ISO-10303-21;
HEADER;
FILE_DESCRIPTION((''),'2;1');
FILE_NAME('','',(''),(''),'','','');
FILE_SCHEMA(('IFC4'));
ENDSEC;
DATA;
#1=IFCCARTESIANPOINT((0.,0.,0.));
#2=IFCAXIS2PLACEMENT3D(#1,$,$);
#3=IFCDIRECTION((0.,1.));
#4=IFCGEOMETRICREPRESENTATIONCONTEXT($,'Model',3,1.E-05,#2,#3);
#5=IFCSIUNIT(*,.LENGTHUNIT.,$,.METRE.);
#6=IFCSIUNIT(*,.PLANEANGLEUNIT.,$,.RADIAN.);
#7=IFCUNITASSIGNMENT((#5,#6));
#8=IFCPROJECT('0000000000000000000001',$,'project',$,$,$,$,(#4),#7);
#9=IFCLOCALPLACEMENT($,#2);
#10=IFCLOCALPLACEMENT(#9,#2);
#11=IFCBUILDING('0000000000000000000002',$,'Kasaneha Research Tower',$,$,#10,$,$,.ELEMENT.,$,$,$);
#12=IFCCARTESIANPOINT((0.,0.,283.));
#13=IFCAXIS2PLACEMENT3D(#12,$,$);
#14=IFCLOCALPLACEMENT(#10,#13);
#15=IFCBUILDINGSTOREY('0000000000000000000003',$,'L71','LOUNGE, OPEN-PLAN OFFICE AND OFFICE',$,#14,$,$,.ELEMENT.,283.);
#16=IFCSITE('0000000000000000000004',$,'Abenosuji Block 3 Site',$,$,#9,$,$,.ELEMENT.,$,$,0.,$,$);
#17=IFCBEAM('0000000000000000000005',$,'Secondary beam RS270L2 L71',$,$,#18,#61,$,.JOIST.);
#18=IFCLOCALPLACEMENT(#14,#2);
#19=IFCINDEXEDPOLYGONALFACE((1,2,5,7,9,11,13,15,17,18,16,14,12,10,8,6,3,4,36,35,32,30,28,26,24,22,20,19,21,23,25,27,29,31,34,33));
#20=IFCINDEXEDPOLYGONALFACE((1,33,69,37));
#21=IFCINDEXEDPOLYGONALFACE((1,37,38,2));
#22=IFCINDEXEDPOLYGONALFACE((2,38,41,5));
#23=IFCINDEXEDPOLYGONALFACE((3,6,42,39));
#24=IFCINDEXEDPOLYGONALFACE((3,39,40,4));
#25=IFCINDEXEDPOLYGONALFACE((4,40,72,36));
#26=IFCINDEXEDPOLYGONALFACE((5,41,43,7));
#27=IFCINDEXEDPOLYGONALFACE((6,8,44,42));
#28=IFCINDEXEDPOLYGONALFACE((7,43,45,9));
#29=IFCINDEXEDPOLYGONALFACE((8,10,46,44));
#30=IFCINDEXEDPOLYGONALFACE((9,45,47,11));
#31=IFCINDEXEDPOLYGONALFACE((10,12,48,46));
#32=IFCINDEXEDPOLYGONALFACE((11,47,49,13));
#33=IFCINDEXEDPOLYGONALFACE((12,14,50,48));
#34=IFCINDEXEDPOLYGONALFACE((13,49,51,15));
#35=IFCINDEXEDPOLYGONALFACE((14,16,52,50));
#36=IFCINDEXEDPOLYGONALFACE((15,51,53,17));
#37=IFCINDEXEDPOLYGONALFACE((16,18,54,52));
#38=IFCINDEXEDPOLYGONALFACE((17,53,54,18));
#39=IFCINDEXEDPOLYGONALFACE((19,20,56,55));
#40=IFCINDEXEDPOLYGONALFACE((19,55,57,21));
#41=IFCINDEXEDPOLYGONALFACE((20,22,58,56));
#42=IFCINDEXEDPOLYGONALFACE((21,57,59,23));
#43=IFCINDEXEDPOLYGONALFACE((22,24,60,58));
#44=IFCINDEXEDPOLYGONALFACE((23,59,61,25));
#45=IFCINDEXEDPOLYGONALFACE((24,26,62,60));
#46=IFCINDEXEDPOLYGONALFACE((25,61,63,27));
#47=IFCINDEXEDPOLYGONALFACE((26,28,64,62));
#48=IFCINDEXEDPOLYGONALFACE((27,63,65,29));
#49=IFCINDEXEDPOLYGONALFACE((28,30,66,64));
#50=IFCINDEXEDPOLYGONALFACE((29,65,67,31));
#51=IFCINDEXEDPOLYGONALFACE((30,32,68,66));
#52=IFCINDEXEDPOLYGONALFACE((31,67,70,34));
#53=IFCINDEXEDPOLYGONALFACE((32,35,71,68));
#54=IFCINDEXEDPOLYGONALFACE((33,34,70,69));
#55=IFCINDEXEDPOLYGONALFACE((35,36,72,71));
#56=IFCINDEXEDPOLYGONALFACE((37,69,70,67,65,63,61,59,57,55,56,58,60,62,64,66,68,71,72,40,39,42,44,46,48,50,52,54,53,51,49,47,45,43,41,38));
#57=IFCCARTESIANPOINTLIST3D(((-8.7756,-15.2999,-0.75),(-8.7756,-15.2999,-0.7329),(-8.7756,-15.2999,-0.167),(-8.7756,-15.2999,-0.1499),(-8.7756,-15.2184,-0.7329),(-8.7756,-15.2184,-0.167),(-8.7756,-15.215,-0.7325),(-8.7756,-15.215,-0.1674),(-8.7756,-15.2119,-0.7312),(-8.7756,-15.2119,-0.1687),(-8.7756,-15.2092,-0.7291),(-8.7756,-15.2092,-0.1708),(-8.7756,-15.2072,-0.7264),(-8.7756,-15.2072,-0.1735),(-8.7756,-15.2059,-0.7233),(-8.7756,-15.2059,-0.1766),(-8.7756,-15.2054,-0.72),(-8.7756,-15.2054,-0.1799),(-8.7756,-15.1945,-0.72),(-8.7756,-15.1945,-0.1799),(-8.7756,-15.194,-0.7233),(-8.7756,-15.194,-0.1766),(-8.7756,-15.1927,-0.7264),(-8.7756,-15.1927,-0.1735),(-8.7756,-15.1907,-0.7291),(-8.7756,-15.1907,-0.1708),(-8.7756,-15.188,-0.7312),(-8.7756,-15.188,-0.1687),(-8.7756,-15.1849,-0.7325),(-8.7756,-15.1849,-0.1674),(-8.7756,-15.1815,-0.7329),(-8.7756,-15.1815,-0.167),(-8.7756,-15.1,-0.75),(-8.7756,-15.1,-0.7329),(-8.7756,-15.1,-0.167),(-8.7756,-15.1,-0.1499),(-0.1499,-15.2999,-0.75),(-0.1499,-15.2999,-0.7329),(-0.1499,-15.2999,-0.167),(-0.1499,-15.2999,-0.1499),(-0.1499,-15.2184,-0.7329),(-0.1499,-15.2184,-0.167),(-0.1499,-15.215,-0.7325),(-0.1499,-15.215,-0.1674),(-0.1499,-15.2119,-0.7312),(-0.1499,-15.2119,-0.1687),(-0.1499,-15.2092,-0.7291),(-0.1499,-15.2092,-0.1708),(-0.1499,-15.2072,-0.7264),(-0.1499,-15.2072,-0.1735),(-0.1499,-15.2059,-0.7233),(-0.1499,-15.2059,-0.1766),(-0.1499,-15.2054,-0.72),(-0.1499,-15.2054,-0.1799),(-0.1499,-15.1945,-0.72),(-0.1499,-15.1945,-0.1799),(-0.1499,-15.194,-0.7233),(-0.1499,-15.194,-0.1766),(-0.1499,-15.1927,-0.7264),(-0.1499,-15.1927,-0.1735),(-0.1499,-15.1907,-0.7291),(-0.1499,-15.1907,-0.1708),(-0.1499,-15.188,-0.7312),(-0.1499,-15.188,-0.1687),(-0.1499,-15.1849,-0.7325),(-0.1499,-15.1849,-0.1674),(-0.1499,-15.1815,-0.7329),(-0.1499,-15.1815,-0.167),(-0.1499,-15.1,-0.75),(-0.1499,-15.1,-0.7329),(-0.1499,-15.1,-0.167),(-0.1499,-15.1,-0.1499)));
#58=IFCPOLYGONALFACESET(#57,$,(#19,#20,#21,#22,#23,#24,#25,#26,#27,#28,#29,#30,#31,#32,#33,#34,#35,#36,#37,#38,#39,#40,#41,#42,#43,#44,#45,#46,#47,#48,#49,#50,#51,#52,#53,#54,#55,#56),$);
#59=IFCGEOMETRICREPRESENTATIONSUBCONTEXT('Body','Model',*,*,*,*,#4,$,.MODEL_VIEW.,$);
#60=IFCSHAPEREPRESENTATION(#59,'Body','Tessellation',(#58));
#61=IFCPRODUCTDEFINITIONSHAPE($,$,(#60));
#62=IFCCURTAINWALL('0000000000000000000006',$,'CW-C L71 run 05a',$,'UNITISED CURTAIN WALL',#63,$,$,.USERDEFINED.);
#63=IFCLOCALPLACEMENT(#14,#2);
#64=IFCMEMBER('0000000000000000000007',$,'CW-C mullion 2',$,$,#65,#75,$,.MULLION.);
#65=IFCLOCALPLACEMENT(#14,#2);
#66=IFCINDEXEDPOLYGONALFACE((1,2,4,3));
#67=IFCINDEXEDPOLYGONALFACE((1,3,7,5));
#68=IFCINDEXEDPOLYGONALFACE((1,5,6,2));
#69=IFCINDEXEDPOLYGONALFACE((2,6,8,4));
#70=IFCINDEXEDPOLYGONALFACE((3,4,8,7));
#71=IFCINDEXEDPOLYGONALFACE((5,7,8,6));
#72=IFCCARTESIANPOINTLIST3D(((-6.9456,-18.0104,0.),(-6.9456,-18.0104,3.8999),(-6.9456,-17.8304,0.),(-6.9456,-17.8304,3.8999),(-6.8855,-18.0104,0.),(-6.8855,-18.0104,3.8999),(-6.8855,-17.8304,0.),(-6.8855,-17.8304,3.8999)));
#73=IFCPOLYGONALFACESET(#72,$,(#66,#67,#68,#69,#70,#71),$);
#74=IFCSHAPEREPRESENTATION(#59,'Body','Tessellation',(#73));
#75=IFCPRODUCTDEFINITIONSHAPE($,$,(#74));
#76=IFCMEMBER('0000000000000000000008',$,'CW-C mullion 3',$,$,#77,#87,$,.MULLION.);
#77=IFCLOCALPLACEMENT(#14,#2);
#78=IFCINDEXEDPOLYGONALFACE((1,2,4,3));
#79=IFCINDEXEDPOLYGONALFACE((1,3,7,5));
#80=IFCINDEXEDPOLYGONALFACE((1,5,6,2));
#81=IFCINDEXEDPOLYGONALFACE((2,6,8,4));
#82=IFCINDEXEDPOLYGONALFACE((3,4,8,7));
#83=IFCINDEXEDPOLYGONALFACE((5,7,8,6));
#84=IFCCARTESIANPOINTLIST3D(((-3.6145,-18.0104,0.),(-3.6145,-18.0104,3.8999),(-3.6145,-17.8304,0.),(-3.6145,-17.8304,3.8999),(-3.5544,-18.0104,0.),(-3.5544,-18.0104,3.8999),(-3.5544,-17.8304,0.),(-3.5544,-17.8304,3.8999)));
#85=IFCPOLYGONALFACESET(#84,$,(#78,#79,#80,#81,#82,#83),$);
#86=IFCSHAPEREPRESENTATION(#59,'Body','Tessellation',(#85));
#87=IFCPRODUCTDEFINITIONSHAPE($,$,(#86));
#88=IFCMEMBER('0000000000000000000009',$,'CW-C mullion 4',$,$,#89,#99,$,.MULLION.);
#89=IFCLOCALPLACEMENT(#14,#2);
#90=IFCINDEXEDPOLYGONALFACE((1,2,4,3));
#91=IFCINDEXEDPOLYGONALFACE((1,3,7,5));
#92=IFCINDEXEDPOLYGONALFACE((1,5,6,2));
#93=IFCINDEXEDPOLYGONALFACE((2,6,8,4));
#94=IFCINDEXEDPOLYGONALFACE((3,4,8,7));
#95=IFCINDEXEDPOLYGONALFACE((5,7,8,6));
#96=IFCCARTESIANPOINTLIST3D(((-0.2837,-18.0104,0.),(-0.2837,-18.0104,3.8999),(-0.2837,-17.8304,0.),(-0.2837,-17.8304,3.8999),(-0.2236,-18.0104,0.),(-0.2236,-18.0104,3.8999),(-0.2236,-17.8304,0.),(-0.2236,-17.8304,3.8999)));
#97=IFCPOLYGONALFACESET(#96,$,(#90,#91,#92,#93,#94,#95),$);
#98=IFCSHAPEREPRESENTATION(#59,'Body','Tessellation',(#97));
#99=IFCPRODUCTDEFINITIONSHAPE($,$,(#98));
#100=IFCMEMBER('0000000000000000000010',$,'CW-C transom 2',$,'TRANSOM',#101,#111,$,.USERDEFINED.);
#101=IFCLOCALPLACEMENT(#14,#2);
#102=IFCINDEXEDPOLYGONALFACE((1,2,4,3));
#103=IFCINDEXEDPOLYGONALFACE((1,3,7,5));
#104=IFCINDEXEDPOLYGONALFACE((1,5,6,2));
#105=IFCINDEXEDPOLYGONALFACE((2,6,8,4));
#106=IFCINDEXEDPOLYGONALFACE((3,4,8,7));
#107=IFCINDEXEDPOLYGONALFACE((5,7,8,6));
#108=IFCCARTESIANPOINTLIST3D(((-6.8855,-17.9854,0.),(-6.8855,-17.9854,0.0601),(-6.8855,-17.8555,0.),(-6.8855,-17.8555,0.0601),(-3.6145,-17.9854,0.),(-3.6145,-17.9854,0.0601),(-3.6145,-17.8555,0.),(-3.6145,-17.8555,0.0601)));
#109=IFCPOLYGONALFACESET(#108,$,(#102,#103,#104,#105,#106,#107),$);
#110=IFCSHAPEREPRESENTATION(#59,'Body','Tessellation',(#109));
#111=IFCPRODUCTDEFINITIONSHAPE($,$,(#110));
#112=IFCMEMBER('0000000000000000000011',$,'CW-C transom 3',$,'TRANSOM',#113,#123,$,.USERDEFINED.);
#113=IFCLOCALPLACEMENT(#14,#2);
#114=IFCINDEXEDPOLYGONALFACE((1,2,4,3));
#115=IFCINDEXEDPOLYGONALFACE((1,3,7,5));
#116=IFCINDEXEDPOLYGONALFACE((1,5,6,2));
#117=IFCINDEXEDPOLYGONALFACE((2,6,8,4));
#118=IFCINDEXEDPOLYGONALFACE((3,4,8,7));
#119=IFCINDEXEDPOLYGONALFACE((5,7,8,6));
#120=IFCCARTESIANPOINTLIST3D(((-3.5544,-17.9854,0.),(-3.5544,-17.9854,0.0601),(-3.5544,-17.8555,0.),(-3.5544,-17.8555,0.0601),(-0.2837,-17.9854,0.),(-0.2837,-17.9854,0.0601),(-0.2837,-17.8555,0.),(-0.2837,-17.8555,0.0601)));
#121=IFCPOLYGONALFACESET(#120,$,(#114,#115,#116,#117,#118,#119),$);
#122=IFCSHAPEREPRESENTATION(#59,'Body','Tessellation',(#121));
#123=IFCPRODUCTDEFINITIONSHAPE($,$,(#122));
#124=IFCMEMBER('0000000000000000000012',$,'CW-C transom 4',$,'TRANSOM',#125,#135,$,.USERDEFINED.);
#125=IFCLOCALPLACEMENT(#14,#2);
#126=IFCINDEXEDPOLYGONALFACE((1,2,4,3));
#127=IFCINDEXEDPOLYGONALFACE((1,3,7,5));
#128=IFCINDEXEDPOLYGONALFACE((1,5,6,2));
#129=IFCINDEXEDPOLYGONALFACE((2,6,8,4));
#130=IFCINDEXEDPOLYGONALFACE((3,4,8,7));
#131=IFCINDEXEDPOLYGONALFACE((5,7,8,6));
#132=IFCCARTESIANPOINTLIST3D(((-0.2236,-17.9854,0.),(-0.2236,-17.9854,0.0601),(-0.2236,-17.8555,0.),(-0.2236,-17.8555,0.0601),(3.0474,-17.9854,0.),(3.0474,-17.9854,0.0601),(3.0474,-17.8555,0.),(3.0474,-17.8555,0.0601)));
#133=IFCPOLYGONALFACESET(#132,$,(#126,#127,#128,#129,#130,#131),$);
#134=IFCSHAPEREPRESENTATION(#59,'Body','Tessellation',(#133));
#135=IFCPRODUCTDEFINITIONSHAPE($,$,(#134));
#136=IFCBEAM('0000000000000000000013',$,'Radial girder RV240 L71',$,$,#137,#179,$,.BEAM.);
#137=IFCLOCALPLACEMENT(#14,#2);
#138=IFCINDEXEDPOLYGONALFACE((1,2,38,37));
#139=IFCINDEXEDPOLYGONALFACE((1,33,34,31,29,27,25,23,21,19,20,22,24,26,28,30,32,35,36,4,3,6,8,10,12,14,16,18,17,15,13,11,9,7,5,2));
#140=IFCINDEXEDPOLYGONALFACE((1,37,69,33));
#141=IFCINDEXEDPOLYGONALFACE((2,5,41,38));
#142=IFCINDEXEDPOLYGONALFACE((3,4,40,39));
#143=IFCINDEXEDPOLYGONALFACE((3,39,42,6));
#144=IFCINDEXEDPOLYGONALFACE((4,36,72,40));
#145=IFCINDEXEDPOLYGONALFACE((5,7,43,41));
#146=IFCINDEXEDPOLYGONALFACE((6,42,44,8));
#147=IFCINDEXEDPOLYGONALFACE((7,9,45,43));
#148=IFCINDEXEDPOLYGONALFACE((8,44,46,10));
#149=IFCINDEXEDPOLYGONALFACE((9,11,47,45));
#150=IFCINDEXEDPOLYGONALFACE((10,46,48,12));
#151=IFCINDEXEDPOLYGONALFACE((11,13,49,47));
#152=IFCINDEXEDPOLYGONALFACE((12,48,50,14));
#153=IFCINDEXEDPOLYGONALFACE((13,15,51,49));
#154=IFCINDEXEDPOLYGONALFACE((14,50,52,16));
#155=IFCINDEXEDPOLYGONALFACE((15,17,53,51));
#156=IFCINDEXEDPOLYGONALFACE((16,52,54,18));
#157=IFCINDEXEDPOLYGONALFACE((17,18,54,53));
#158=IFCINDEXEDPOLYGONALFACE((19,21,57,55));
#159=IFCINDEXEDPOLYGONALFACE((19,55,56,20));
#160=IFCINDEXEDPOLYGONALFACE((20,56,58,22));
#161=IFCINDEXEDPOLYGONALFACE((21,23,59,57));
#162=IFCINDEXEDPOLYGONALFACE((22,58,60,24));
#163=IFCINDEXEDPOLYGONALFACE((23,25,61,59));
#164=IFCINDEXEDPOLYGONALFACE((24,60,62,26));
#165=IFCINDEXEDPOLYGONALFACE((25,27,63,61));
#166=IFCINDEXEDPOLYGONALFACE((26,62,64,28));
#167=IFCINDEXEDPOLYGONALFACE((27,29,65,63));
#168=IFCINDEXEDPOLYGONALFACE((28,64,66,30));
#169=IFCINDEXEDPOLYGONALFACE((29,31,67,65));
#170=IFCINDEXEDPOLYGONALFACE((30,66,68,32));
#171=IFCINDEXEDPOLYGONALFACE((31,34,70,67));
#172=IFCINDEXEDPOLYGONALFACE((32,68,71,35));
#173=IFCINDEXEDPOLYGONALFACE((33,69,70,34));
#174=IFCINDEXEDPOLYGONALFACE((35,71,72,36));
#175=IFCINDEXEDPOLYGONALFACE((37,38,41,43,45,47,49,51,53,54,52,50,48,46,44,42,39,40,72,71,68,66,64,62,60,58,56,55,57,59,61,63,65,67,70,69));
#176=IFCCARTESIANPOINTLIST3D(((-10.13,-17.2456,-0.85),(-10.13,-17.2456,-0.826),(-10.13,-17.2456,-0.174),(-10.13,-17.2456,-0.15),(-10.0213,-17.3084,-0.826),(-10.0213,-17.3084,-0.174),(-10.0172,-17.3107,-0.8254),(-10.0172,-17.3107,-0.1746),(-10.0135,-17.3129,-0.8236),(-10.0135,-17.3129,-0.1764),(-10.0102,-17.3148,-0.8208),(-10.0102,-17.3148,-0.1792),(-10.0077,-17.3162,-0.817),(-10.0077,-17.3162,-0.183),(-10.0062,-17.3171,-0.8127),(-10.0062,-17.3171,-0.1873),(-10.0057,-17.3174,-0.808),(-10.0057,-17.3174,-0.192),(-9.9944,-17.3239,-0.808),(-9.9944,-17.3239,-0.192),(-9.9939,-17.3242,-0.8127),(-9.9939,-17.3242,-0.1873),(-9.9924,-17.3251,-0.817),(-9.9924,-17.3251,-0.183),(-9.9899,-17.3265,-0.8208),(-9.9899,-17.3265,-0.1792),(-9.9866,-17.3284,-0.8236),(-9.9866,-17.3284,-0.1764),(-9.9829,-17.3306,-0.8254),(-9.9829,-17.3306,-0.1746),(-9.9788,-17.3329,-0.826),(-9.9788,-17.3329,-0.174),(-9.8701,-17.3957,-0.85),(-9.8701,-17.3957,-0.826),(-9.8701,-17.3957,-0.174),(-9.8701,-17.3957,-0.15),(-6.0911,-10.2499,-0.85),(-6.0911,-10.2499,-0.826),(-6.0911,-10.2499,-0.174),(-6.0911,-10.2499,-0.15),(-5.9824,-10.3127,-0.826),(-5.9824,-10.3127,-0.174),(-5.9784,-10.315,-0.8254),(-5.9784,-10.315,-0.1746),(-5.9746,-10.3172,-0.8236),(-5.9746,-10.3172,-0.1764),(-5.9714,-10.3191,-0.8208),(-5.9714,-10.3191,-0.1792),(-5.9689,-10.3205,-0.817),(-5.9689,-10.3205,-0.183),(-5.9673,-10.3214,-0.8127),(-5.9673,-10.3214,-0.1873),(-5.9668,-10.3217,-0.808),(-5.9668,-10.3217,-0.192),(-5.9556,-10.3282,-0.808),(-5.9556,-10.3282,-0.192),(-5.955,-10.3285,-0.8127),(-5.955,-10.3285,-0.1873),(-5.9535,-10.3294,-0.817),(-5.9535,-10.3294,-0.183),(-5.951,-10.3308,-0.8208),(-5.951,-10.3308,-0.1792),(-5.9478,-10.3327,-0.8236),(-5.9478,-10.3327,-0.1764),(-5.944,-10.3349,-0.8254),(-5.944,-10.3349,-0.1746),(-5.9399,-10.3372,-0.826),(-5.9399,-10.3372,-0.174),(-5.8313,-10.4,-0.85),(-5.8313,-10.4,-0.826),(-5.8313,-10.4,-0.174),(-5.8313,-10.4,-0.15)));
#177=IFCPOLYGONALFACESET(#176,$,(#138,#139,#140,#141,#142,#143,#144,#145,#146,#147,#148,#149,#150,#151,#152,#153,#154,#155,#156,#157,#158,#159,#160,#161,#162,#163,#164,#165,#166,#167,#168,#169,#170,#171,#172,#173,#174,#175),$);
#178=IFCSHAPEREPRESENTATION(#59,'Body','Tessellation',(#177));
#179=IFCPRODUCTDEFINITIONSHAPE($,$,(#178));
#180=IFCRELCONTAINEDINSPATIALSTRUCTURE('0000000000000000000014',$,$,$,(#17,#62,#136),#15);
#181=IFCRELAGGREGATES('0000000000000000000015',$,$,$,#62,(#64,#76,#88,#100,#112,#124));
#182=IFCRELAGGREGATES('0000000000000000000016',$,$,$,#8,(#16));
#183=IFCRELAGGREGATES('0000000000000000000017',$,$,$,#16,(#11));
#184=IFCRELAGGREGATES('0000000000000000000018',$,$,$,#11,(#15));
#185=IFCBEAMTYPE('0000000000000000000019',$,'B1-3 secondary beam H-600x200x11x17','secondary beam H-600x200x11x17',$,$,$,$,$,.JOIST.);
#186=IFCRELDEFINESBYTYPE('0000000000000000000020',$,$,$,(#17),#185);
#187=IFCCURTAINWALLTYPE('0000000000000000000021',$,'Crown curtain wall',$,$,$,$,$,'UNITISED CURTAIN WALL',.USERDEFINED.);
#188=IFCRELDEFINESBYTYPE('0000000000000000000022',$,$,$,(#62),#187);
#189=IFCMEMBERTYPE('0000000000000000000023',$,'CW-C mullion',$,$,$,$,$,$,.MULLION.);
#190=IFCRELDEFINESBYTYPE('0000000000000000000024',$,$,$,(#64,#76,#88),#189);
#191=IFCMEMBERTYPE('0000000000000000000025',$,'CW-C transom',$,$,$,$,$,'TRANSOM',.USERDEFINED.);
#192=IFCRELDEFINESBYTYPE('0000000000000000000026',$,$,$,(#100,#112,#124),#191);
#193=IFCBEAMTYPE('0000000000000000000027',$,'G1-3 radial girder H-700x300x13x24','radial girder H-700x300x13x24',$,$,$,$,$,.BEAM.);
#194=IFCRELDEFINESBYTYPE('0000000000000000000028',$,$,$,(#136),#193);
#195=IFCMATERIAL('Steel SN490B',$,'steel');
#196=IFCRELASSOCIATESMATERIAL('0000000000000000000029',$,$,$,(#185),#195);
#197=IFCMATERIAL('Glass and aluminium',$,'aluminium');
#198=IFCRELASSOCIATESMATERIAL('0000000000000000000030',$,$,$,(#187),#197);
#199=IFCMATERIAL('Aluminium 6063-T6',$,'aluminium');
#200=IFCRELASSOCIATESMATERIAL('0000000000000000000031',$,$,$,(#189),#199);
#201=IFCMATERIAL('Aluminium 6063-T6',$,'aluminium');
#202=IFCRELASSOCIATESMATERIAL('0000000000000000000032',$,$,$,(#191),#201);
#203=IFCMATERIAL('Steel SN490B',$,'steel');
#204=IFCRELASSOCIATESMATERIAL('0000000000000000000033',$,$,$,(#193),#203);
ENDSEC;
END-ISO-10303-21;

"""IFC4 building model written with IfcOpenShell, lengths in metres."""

from ifc_helpers import new_model, si_unit, direction, frame, origin, origin_2d, place, context, subcontext, project, spatial, rectangle, i_section, extrude, material, material_profile, profile_set, type_object, element, aggregate, save


model = new_model("IFC4")

# Units and contexts
model_context = context("Model", 3, precision=1e-05, world=origin(), true_north=direction((0.0, 1.0)))
body_context = subcontext(model_context, "Body", "Model", "MODEL_VIEW")
ifc_project = project(units=[si_unit("LENGTHUNIT", "METRE"), si_unit("PLANEANGLEUNIT", "RADIAN")], contexts=[model_context])

# Site, building, storey
site_placement = place(None, origin())
site = spatial("IfcSite", under=ifc_project, at=site_placement, Name="Abenosuji Block 3 Site", CompositionType="ELEMENT", RefElevation=0.0)
building_placement = place(site_placement, origin())
building = spatial("IfcBuilding", under=site, at=building_placement, Name="Kasaneha Research Tower", CompositionType="ELEMENT")
storey_placement = place(building_placement, frame((0.0, 0.0, 283.0)))
storey = spatial("IfcBuildingStorey", under=building, at=storey_placement, Name="L71", Description="LOUNGE, OPEN-PLAN OFFICE AND OFFICE", CompositionType="ELEMENT", Elevation=283.0)

# Beam
ifc_material_1 = material(Name="Steel SN490B", Category="steel")
ifc_material_profile_1 = material_profile(ifc_material_1, i_section(OverallWidth=0.2, OverallDepth=0.6001, WebThickness=0.011, FlangeThickness=0.0171, FilletRadius=0.0129, at=origin_2d()), Name="H-600x200x11x17")
ifc_profile_set_1 = profile_set([ifc_material_profile_1], Name="Steel SN490B")
beam_type_1 = type_object("IfcBeamType", Name="B1-3 secondary beam H-600x200x11x17", Description="secondary beam H-600x200x11x17", PredefinedType="JOIST", material=ifc_profile_set_1)
beam_1_placement = place(storey_placement, frame((-8.7756, -15.2, -0.45), z_axis=(1.0, 0.0, 0.0), x_axis=(0.0, 1.0, 0.0)))
element("IfcBeam", 1, at=beam_1_placement, inside=storey, type_object=beam_type_1, Name="Secondary beam RS270L2 L71", PredefinedType="JOIST", context=body_context, shape_type="SweptSolid", body=[
    extrude(i_section(OverallWidth=0.2, OverallDepth=0.6001, WebThickness=0.011, FlangeThickness=0.0171, FilletRadius=0.0129, at=origin_2d()), origin(), (0.0, 0.0, 1.0), 8.6257),
])

# Curtain wall, members
ifc_material_2 = material(Name="Glass and aluminium", Category="aluminium")
curtain_wall_type = type_object("IfcCurtainWallType", Name="Crown curtain wall", ElementType="UNITISED CURTAIN WALL", PredefinedType="USERDEFINED", material=ifc_material_2)
curtain_wall_placement = place(storey_placement, origin())
curtain_wall = element("IfcCurtainWall", 2, at=curtain_wall_placement, inside=storey, type_object=curtain_wall_type, Name="CW-C L71 run 05a", ObjectType="UNITISED CURTAIN WALL", PredefinedType="USERDEFINED")
ifc_material_3 = material(Name="Aluminium 6063-T6", Category="aluminium")
ifc_material_profile_2 = material_profile(ifc_material_3, rectangle(XDim=0.0601, YDim=0.1799, at=origin_2d()), Name="CW-C mullion 60x180")
ifc_profile_set_2 = profile_set([ifc_material_profile_2], Name="Aluminium 6063-T6")
member_type_1 = type_object("IfcMemberType", Name="CW-C mullion", PredefinedType="MULLION", material=ifc_profile_set_2)
member_1_placement = place(storey_placement, frame((-6.9155, -17.9204, 0.0), z_axis=(0.0, 0.0, 1.0), x_axis=(1.0, 0.0, 0.0)))
member_1 = element("IfcMember", 3, at=member_1_placement, type_object=member_type_1, Name="CW-C mullion 2", PredefinedType="MULLION", context=body_context, shape_type="SweptSolid", body=[
    extrude(rectangle(XDim=0.0601, YDim=0.1799, at=origin_2d()), origin(), (0.0, 0.0, 1.0), 3.8999),
])
member_2_placement = place(storey_placement, frame((-3.5845, -17.9204, 0.0), z_axis=(0.0, 0.0, 1.0), x_axis=(1.0, 0.0, 0.0)))
member_2 = element("IfcMember", 4, at=member_2_placement, type_object=member_type_1, Name="CW-C mullion 3", PredefinedType="MULLION", context=body_context, shape_type="SweptSolid", body=[
    extrude(rectangle(XDim=0.0601, YDim=0.1799, at=origin_2d()), origin(), (0.0, 0.0, 1.0), 3.8999),
])
member_3_placement = place(storey_placement, frame((-0.2537, -17.9204, 0.0), z_axis=(0.0, 0.0, 1.0), x_axis=(1.0, 0.0, 0.0)))
member_3 = element("IfcMember", 5, at=member_3_placement, type_object=member_type_1, Name="CW-C mullion 4", PredefinedType="MULLION", context=body_context, shape_type="SweptSolid", body=[
    extrude(rectangle(XDim=0.0601, YDim=0.1799, at=origin_2d()), origin(), (0.0, 0.0, 1.0), 3.8999),
])
ifc_material_4 = material(Name="Aluminium 6063-T6", Category="aluminium")
ifc_material_profile_3 = material_profile(ifc_material_4, rectangle(XDim=0.1299, YDim=0.0601, at=origin_2d()), Name="CW-C transom 130x60")
ifc_profile_set_3 = profile_set([ifc_material_profile_3], Name="Aluminium 6063-T6")
member_type_2 = type_object("IfcMemberType", Name="CW-C transom", ElementType="TRANSOM", PredefinedType="USERDEFINED", material=ifc_profile_set_3)
member_4_placement = place(storey_placement, frame((-6.8855, -17.9204, 0.03), z_axis=(1.0, 0.0, 0.0), x_axis=(0.0, 1.0, 0.0)))
member_4 = element("IfcMember", 6, at=member_4_placement, type_object=member_type_2, Name="CW-C transom 2", ObjectType="TRANSOM", PredefinedType="USERDEFINED", context=body_context, shape_type="SweptSolid", body=[
    extrude(rectangle(XDim=0.1299, YDim=0.0601, at=origin_2d()), origin(), (0.0, 0.0, 1.0), 3.271),
])
member_5_placement = place(storey_placement, frame((-3.5544, -17.9204, 0.03), z_axis=(1.0, 0.0, 0.0), x_axis=(0.0, 1.0, 0.0)))
member_5 = element("IfcMember", 7, at=member_5_placement, type_object=member_type_2, Name="CW-C transom 3", ObjectType="TRANSOM", PredefinedType="USERDEFINED", context=body_context, shape_type="SweptSolid", body=[
    extrude(rectangle(XDim=0.1299, YDim=0.0601, at=origin_2d()), origin(), (0.0, 0.0, 1.0), 3.2708),
])
member_6_placement = place(storey_placement, frame((-0.2236, -17.9204, 0.03), z_axis=(1.0, 0.0, 0.0), x_axis=(0.0, 1.0, 0.0)))
member_6 = element("IfcMember", 8, at=member_6_placement, type_object=member_type_2, Name="CW-C transom 4", ObjectType="TRANSOM", PredefinedType="USERDEFINED", context=body_context, shape_type="SweptSolid", body=[
    extrude(rectangle(XDim=0.1299, YDim=0.0601, at=origin_2d()), origin(), (0.0, 0.0, 1.0), 3.271),
])

# Beam
ifc_material_5 = material(Name="Steel SN490B", Category="steel")
ifc_material_profile_4 = material_profile(ifc_material_5, i_section(OverallWidth=0.3, OverallDepth=0.7, WebThickness=0.0129, FlangeThickness=0.0239, FilletRadius=0.0181, at=origin_2d()), Name="H-700x300x13x24")
ifc_profile_set_4 = profile_set([ifc_material_profile_4], Name="Steel SN490B")
beam_type_2 = type_object("IfcBeamType", Name="G1-3 radial girder H-700x300x13x24", Description="radial girder H-700x300x13x24", PredefinedType="BEAM", material=ifc_profile_set_4)
beam_2_placement = place(storey_placement, frame((-5.9612, -10.325, -0.5), z_axis=(-0.499991, -0.866031, 0.0), x_axis=(0.866031, -0.499991, 0.0)))
element("IfcBeam", 9, at=beam_2_placement, inside=storey, type_object=beam_type_2, Name="Radial girder RV240 L71", PredefinedType="BEAM", context=body_context, shape_type="SweptSolid", body=[
    extrude(i_section(OverallWidth=0.3, OverallDepth=0.7, WebThickness=0.0129, FlangeThickness=0.0239, FilletRadius=0.0181, at=origin_2d()), origin(), (0.0, 0.0, 1.0), 8.0779),
])

aggregate(curtain_wall, [member_1, member_2, member_3, member_4, member_5, member_6])

save(model, "model.ifc")
